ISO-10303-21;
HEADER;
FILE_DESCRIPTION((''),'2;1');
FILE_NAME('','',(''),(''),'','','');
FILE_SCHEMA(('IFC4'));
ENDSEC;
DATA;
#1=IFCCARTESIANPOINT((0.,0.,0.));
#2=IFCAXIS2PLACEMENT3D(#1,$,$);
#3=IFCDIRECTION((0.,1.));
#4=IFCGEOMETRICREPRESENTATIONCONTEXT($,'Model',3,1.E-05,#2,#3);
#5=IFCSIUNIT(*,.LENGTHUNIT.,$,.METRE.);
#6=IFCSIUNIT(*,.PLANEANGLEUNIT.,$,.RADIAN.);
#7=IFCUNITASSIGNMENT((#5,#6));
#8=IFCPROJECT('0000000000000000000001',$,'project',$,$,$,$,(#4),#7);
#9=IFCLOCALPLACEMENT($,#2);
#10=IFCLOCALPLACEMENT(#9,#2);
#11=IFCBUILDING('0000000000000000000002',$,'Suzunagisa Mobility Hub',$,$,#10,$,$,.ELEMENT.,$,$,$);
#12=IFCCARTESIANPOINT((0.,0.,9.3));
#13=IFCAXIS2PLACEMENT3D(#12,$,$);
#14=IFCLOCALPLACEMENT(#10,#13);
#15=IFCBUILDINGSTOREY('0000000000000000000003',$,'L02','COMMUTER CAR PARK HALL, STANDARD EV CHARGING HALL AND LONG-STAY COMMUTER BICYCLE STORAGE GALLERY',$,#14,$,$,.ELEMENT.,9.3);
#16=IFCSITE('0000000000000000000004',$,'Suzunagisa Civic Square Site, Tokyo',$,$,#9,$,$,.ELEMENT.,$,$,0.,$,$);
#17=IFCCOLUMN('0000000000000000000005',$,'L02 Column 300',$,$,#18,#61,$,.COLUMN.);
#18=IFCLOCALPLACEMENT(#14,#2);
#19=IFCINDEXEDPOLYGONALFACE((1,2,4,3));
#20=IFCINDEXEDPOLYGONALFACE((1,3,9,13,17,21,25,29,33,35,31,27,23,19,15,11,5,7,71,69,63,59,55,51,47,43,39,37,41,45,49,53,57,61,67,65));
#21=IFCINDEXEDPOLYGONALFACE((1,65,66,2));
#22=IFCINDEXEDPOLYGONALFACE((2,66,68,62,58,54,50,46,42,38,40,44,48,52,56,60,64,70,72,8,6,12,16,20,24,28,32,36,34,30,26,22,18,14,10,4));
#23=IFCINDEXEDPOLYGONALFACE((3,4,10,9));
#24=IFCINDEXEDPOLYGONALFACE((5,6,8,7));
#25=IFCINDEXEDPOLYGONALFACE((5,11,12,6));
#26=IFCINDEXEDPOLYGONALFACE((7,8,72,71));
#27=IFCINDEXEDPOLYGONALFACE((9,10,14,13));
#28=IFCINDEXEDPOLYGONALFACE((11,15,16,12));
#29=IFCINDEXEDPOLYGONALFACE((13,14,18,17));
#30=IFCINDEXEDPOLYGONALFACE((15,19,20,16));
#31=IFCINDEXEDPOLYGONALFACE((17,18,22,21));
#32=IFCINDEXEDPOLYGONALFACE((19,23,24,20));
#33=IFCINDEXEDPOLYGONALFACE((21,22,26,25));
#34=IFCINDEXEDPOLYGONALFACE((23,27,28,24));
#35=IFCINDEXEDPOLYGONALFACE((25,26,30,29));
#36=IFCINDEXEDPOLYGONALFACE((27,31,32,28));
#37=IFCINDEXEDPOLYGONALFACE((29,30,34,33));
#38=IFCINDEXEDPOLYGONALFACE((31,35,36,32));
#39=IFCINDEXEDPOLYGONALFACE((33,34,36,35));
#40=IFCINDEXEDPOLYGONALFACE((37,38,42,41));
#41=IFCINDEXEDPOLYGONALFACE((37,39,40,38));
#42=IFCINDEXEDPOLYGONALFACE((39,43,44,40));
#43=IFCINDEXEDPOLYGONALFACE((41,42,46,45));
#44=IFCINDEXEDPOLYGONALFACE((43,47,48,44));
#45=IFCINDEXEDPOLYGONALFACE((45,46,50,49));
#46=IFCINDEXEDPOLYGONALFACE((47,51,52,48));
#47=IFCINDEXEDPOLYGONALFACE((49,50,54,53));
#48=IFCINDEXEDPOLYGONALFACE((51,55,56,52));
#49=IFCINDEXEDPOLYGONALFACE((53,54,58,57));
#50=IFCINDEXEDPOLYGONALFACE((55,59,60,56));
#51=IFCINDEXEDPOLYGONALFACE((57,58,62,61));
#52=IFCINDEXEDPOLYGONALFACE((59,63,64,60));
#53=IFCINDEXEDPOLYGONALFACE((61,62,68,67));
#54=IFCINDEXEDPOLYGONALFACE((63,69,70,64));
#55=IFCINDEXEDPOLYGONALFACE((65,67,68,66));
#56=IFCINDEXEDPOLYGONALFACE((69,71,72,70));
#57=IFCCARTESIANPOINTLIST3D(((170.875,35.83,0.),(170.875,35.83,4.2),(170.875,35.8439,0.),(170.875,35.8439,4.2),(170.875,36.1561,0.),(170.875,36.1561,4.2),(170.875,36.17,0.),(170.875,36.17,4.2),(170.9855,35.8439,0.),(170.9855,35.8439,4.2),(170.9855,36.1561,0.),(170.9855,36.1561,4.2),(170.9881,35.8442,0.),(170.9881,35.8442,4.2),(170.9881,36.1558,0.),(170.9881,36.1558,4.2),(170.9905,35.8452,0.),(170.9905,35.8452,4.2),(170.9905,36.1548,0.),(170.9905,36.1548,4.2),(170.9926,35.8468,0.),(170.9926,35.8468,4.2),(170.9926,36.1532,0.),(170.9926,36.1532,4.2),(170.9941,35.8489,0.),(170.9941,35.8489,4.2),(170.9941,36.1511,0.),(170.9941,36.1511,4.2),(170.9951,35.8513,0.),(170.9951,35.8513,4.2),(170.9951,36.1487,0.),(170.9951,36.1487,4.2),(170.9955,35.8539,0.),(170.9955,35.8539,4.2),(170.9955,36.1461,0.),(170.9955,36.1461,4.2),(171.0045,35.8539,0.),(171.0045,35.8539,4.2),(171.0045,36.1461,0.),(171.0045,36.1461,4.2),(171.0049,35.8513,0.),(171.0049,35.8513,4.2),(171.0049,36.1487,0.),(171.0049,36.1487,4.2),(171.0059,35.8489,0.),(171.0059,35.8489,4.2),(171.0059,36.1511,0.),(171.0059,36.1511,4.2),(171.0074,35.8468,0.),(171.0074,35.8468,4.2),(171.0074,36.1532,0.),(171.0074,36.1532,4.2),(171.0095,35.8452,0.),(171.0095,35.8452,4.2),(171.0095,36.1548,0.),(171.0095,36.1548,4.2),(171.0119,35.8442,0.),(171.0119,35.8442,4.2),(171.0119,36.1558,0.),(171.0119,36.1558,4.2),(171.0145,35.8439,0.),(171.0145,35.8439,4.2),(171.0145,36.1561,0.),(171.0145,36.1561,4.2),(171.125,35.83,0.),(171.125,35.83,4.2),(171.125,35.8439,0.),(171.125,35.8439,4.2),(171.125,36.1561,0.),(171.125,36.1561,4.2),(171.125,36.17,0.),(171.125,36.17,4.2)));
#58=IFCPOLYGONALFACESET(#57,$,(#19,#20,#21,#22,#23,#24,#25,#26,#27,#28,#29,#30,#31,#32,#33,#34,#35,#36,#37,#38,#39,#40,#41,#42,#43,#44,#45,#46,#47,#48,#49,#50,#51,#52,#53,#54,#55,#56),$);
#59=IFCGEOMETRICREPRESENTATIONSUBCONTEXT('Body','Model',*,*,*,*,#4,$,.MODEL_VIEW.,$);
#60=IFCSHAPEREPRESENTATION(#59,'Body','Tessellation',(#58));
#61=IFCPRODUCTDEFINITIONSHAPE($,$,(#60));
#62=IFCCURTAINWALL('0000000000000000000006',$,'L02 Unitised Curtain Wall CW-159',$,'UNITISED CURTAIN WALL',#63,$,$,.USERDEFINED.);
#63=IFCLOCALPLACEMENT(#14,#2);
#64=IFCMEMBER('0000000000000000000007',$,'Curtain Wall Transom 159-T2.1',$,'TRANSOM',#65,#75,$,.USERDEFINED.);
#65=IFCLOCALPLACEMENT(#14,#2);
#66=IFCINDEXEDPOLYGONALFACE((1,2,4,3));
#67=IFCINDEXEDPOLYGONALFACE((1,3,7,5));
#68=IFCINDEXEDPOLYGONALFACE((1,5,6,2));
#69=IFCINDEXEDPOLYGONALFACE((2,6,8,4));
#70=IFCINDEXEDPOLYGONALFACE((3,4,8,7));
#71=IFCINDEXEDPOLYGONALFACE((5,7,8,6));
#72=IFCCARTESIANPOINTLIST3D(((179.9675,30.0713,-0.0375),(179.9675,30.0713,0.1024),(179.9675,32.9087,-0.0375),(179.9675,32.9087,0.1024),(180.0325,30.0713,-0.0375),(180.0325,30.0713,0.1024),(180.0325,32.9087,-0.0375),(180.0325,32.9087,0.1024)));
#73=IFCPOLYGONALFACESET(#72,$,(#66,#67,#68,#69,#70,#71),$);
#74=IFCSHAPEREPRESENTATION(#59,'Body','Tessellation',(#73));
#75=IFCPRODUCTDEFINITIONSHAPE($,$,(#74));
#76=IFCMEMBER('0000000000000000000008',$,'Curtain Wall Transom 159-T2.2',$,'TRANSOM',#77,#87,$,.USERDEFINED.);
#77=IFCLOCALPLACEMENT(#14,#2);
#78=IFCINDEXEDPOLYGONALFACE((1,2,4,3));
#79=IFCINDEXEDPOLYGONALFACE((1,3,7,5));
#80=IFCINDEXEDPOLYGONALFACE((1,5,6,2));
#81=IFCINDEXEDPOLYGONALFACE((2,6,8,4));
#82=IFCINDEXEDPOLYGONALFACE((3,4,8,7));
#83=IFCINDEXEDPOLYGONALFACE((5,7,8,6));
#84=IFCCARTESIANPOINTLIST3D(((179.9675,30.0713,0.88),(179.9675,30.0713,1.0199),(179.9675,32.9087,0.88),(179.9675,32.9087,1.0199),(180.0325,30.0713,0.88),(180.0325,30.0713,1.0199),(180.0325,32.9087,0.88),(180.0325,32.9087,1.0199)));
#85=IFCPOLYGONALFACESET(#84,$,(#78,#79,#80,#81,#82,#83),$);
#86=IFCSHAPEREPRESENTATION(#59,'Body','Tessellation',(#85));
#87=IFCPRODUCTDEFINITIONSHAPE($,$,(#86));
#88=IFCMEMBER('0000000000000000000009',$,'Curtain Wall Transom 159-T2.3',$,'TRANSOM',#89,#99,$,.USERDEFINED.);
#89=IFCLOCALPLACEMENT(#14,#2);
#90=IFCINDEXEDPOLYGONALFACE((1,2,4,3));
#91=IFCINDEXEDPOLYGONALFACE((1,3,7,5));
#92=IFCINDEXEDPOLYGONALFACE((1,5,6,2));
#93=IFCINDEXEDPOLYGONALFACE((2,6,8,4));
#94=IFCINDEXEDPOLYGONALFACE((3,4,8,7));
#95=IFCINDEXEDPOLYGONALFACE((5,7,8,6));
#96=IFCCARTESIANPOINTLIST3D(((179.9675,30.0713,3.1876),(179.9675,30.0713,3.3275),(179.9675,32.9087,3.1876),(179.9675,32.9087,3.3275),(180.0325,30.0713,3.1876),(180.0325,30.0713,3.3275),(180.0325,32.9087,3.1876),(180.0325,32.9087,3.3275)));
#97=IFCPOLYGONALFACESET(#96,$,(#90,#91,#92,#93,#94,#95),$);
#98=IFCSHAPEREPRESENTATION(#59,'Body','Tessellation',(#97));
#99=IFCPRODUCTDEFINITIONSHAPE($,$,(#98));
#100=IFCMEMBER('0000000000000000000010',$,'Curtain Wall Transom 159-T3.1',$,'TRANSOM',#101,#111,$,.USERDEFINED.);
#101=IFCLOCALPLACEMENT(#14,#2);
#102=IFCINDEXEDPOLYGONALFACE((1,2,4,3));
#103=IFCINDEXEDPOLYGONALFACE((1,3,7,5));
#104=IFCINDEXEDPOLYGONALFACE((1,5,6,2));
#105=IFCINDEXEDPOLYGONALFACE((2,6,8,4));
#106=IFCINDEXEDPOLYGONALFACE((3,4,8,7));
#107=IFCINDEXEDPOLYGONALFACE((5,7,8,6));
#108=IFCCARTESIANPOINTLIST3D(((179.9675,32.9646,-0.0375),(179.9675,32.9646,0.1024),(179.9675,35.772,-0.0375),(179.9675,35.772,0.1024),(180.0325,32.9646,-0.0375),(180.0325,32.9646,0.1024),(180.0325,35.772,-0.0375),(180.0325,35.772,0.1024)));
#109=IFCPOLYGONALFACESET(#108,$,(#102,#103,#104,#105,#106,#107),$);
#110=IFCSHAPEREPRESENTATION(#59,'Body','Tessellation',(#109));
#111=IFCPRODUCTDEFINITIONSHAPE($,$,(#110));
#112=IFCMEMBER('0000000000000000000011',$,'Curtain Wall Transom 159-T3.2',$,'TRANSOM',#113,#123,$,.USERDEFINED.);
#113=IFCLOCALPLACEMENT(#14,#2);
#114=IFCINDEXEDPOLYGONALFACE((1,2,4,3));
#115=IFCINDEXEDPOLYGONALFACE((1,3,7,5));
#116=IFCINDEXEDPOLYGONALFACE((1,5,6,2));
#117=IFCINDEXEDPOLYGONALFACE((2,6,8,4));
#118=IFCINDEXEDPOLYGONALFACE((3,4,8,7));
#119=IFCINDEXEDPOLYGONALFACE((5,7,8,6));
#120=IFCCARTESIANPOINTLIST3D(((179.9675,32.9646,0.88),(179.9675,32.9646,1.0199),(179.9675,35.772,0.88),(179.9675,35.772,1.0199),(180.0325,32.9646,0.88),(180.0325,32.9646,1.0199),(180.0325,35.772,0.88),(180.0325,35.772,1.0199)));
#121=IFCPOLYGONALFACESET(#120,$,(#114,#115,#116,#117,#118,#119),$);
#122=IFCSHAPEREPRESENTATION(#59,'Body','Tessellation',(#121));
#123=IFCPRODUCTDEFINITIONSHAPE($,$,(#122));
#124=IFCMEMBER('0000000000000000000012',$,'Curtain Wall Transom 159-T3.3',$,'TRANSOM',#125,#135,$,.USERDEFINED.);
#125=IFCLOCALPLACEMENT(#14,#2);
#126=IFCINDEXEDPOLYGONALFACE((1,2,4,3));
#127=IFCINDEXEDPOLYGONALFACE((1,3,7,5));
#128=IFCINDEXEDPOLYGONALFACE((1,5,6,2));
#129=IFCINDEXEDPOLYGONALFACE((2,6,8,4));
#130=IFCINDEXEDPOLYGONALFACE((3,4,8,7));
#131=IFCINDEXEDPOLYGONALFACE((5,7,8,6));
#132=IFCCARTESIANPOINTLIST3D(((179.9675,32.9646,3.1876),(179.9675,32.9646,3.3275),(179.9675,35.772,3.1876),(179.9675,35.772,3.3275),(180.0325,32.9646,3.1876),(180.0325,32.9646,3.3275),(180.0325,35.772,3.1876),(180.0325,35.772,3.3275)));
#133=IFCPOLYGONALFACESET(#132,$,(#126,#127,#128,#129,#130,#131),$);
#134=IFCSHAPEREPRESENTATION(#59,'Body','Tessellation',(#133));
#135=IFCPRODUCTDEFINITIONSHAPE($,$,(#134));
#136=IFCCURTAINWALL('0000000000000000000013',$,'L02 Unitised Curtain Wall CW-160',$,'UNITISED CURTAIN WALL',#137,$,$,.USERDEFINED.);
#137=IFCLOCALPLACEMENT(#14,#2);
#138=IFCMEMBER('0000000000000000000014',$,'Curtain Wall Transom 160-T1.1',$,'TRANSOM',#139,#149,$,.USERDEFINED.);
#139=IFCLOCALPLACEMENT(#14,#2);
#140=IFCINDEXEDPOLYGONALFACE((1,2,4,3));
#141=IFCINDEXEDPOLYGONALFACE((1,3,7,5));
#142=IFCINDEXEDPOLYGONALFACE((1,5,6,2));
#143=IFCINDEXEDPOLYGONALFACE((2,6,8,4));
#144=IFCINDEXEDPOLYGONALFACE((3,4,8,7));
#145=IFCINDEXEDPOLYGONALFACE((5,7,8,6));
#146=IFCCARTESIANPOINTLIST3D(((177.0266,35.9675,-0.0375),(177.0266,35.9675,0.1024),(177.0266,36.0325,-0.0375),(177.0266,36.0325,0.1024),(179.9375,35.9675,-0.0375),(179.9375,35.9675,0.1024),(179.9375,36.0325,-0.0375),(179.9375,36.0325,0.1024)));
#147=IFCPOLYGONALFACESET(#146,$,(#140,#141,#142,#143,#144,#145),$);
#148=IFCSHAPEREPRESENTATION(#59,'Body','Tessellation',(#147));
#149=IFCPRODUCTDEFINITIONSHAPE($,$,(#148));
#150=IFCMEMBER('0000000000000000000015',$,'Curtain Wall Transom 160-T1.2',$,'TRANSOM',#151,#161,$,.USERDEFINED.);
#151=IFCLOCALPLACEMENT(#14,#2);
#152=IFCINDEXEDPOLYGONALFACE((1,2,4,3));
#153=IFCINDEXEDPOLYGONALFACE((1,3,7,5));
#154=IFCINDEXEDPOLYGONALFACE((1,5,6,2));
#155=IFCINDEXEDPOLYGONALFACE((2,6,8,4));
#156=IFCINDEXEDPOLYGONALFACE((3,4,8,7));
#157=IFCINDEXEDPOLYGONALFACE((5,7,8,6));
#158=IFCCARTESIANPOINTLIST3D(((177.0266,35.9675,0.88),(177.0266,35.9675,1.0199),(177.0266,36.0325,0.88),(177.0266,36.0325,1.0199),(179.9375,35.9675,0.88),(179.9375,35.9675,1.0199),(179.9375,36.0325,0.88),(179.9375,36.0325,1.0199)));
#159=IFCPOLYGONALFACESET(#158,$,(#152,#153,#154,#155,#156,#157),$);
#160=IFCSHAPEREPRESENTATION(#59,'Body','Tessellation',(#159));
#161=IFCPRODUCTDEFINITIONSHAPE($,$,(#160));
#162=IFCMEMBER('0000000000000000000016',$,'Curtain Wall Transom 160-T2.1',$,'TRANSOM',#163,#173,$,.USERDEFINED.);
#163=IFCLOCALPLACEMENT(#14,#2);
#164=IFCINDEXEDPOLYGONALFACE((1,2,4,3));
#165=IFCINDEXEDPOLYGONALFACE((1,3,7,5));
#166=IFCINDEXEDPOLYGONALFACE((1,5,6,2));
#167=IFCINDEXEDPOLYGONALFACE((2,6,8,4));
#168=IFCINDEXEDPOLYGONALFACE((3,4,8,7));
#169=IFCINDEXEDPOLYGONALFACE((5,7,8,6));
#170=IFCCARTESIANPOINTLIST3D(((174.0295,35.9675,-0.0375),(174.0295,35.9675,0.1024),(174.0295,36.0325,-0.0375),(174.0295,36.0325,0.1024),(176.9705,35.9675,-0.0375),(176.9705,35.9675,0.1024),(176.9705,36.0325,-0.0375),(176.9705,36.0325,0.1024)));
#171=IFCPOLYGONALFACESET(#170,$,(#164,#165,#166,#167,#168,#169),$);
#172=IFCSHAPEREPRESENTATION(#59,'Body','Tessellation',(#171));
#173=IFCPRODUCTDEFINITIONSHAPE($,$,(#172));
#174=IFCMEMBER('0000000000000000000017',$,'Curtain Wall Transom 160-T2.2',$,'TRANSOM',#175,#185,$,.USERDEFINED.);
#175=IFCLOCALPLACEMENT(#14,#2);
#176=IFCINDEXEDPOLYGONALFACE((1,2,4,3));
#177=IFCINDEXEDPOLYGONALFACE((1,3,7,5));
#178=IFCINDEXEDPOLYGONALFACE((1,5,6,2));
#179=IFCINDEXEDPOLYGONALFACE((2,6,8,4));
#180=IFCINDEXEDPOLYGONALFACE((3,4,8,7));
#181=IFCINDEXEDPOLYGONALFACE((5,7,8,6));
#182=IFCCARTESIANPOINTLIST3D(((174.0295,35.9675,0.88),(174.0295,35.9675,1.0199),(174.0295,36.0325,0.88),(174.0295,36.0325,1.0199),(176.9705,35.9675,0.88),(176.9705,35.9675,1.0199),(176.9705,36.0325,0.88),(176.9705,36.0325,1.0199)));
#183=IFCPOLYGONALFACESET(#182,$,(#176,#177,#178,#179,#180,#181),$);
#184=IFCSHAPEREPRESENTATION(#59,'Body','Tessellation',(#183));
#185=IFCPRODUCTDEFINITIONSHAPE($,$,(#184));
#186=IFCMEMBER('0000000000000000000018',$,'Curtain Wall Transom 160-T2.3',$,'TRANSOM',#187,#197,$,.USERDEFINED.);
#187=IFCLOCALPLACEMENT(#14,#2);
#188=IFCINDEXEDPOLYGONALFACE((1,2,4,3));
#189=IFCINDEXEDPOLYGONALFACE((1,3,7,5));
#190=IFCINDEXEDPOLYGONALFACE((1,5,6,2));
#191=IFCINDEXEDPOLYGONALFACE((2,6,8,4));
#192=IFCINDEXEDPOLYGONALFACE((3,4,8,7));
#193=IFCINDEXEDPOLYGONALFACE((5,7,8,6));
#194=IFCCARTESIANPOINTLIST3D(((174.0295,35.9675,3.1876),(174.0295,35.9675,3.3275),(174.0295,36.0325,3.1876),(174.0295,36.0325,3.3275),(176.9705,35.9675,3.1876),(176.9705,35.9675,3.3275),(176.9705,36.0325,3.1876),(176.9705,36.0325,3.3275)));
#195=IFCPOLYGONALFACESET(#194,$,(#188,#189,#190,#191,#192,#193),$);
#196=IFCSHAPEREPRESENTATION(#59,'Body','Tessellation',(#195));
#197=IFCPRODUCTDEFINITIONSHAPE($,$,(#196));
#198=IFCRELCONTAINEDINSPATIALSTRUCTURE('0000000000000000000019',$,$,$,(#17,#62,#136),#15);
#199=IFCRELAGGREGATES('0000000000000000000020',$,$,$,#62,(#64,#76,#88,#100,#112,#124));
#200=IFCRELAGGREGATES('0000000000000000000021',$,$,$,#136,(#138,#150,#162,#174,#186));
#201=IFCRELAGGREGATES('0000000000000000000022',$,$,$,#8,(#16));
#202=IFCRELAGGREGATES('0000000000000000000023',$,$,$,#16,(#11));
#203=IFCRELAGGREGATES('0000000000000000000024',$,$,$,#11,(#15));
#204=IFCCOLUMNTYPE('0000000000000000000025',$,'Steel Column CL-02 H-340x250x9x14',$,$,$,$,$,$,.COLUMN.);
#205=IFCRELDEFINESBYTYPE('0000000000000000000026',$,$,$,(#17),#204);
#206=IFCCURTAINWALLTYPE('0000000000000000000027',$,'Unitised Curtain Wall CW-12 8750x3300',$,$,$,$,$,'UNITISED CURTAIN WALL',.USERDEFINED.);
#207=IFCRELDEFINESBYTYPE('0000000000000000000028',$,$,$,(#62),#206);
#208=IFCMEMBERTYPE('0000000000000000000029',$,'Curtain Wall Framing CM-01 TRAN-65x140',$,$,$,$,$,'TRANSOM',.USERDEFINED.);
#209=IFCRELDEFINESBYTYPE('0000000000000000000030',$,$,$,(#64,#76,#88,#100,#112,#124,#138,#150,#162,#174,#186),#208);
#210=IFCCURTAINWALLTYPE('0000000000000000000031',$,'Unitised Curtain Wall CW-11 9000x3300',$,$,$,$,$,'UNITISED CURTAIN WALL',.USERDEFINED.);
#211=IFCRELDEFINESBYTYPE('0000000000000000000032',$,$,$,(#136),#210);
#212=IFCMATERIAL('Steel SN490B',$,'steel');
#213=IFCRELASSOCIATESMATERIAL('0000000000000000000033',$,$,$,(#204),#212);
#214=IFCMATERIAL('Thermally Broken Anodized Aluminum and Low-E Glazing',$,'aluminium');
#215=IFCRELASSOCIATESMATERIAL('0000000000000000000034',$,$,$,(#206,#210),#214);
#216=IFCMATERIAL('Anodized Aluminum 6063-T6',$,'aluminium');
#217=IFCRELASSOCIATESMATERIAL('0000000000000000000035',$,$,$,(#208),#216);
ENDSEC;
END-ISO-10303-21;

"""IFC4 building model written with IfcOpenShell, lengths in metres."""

from ifc_helpers import new_model, si_unit, direction, frame, origin, origin_2d, place, context, subcontext, project, spatial, rectangle, i_section, extrude, material, material_profile, profile_set, type_object, element, aggregate, save


model = new_model("IFC4")

# Units and contexts
model_context = context("Model", 3, precision=1e-05, world=origin(), true_north=direction((0.0, 1.0)))
body_context = subcontext(model_context, "Body", "Model", "MODEL_VIEW")
ifc_project = project(units=[si_unit("LENGTHUNIT", "METRE"), si_unit("PLANEANGLEUNIT", "RADIAN")], contexts=[model_context])

# Site, building, storey
site_placement = place(None, origin())
site = spatial("IfcSite", under=ifc_project, at=site_placement, Name="Suzunagisa Civic Square Site, Tokyo", CompositionType="ELEMENT", RefElevation=0.0)
building_placement = place(site_placement, origin())
building = spatial("IfcBuilding", under=site, at=building_placement, Name="Suzunagisa Mobility Hub", CompositionType="ELEMENT")
storey_placement = place(building_placement, frame((0.0, 0.0, 9.3)))
storey = spatial("IfcBuildingStorey", under=building, at=storey_placement, Name="L02", Description="COMMUTER CAR PARK HALL, STANDARD EV CHARGING HALL AND LONG-STAY COMMUTER BICYCLE STORAGE GALLERY", CompositionType="ELEMENT", Elevation=9.3)

# Column
ifc_material_1 = material(Name="Steel SN490B", Category="steel")
ifc_material_profile_1 = material_profile(ifc_material_1, i_section(OverallWidth=0.25, OverallDepth=0.3401, WebThickness=0.009, FlangeThickness=0.0139, FilletRadius=0.01, at=origin_2d()), Name="H-340x250x9x14")
ifc_profile_set_1 = profile_set([ifc_material_profile_1], Name="Steel SN490B")
column_type = type_object("IfcColumnType", Name="Steel Column CL-02 H-340x250x9x14", PredefinedType="COLUMN", material=ifc_profile_set_1)
column_placement = place(storey_placement, frame((171.0, 36.0, 0.0), z_axis=(0.0, 0.0, 1.0), x_axis=(1.0, 0.0, 0.0)))
element("IfcColumn", 1, at=column_placement, inside=storey, type_object=column_type, Name="L02 Column 300", PredefinedType="COLUMN", context=body_context, shape_type="SweptSolid", body=[
    extrude(i_section(OverallWidth=0.25, OverallDepth=0.3401, WebThickness=0.009, FlangeThickness=0.0139, FilletRadius=0.01, at=origin_2d()), origin(), (0.0, 0.0, 1.0), 4.2),
])

# Curtain walls, members
ifc_material_2 = material(Name="Thermally Broken Anodized Aluminum and Low-E Glazing", Category="aluminium")
curtain_wall_type_1 = type_object("IfcCurtainWallType", Name="Unitised Curtain Wall CW-12 8750x3300", ElementType="UNITISED CURTAIN WALL", PredefinedType="USERDEFINED", material=ifc_material_2)
curtain_wall_1_placement = place(storey_placement, origin())
curtain_wall_1 = element("IfcCurtainWall", 2, at=curtain_wall_1_placement, inside=storey, type_object=curtain_wall_type_1, Name="L02 Unitised Curtain Wall CW-159", ObjectType="UNITISED CURTAIN WALL", PredefinedType="USERDEFINED")
ifc_material_3 = material(Name="Anodized Aluminum 6063-T6", Category="aluminium")
ifc_material_profile_2 = material_profile(ifc_material_3, rectangle(XDim=0.0649, YDim=0.1399, at=origin_2d()), Name="TRAN-65x140")
ifc_profile_set_2 = profile_set([ifc_material_profile_2], Name="Anodized Aluminum 6063-T6")
member_type_1 = type_object("IfcMemberType", Name="Curtain Wall Framing CM-01 TRAN-65x140", ElementType="TRANSOM", PredefinedType="USERDEFINED", material=ifc_profile_set_2)
member_1_placement = place(storey_placement, frame((180.0, 30.0713, 0.0325), z_axis=(0.0, 1.0, 0.0), x_axis=(-1.0, 0.0, 0.0)))
member_1 = element("IfcMember", 3, at=member_1_placement, type_object=member_type_1, Name="Curtain Wall Transom 159-T2.1", ObjectType="TRANSOM", PredefinedType="USERDEFINED", context=body_context, shape_type="SweptSolid", body=[
    extrude(rectangle(XDim=0.0649, YDim=0.1399, at=origin_2d()), origin(), (0.0, 0.0, 1.0), 2.8374),
])
member_2_placement = place(storey_placement, frame((180.0, 30.0713, 0.95), z_axis=(0.0, 1.0, 0.0), x_axis=(-1.0, 0.0, 0.0)))
member_2 = element("IfcMember", 4, at=member_2_placement, type_object=member_type_1, Name="Curtain Wall Transom 159-T2.2", ObjectType="TRANSOM", PredefinedType="USERDEFINED", context=body_context, shape_type="SweptSolid", body=[
    extrude(rectangle(XDim=0.0649, YDim=0.1399, at=origin_2d()), origin(), (0.0, 0.0, 1.0), 2.8374),
])
member_3_placement = place(storey_placement, frame((180.0, 30.0713, 3.2576), z_axis=(0.0, 1.0, 0.0), x_axis=(-1.0, 0.0, 0.0)))
member_3 = element("IfcMember", 5, at=member_3_placement, type_object=member_type_1, Name="Curtain Wall Transom 159-T2.3", ObjectType="TRANSOM", PredefinedType="USERDEFINED", context=body_context, shape_type="SweptSolid", body=[
    extrude(rectangle(XDim=0.0649, YDim=0.1399, at=origin_2d()), origin(), (0.0, 0.0, 1.0), 2.8374),
])
member_4_placement = place(storey_placement, frame((180.0, 32.9646, 0.0325), z_axis=(0.0, 1.0, 0.0), x_axis=(-1.0, 0.0, 0.0)))
member_4 = element("IfcMember", 6, at=member_4_placement, type_object=member_type_1, Name="Curtain Wall Transom 159-T3.1", ObjectType="TRANSOM", PredefinedType="USERDEFINED", context=body_context, shape_type="SweptSolid", body=[
    extrude(rectangle(XDim=0.0649, YDim=0.1399, at=origin_2d()), origin(), (0.0, 0.0, 1.0), 2.8074),
])
member_5_placement = place(storey_placement, frame((180.0, 32.9646, 0.95), z_axis=(0.0, 1.0, 0.0), x_axis=(-1.0, 0.0, 0.0)))
member_5 = element("IfcMember", 7, at=member_5_placement, type_object=member_type_1, Name="Curtain Wall Transom 159-T3.2", ObjectType="TRANSOM", PredefinedType="USERDEFINED", context=body_context, shape_type="SweptSolid", body=[
    extrude(rectangle(XDim=0.0649, YDim=0.1399, at=origin_2d()), origin(), (0.0, 0.0, 1.0), 2.8074),
])
member_6_placement = place(storey_placement, frame((180.0, 32.9646, 3.2576), z_axis=(0.0, 1.0, 0.0), x_axis=(-1.0, 0.0, 0.0)))
member_6 = element("IfcMember", 8, at=member_6_placement, type_object=member_type_1, Name="Curtain Wall Transom 159-T3.3", ObjectType="TRANSOM", PredefinedType="USERDEFINED", context=body_context, shape_type="SweptSolid", body=[
    extrude(rectangle(XDim=0.0649, YDim=0.1399, at=origin_2d()), origin(), (0.0, 0.0, 1.0), 2.8074),
])
curtain_wall_type_2 = type_object("IfcCurtainWallType", Name="Unitised Curtain Wall CW-11 9000x3300", ElementType="UNITISED CURTAIN WALL", PredefinedType="USERDEFINED", material=ifc_material_2)
curtain_wall_2_placement = place(storey_placement, origin())
curtain_wall_2 = element("IfcCurtainWall", 9, at=curtain_wall_2_placement, inside=storey, type_object=curtain_wall_type_2, Name="L02 Unitised Curtain Wall CW-160", ObjectType="UNITISED CURTAIN WALL", PredefinedType="USERDEFINED")
member_7_placement = place(storey_placement, frame((179.9375, 36.0, 0.0325), z_axis=(-1.0, 0.0, 0.0), x_axis=(0.0, -1.0, 0.0)))
member_7 = element("IfcMember", 10, at=member_7_placement, type_object=member_type_1, Name="Curtain Wall Transom 160-T1.1", ObjectType="TRANSOM", PredefinedType="USERDEFINED", context=body_context, shape_type="SweptSolid", body=[
    extrude(rectangle(XDim=0.0649, YDim=0.1399, at=origin_2d()), origin(), (0.0, 0.0, 1.0), 2.9109),
])
member_8_placement = place(storey_placement, frame((179.9375, 36.0, 0.95), z_axis=(-1.0, 0.0, 0.0), x_axis=(0.0, -1.0, 0.0)))
member_8 = element("IfcMember", 11, at=member_8_placement, type_object=member_type_1, Name="Curtain Wall Transom 160-T1.2", ObjectType="TRANSOM", PredefinedType="USERDEFINED", context=body_context, shape_type="SweptSolid", body=[
    extrude(rectangle(XDim=0.0649, YDim=0.1399, at=origin_2d()), origin(), (0.0, 0.0, 1.0), 2.9109),
])
member_9_placement = place(storey_placement, frame((176.9705, 36.0, 0.0325), z_axis=(-1.0, 0.0, 0.0), x_axis=(0.0, -1.0, 0.0)))
member_9 = element("IfcMember", 12, at=member_9_placement, type_object=member_type_1, Name="Curtain Wall Transom 160-T2.1", ObjectType="TRANSOM", PredefinedType="USERDEFINED", context=body_context, shape_type="SweptSolid", body=[
    extrude(rectangle(XDim=0.0649, YDim=0.1399, at=origin_2d()), origin(), (0.0, 0.0, 1.0), 2.9409),
])
member_10_placement = place(storey_placement, frame((176.9705, 36.0, 0.95), z_axis=(-1.0, 0.0, 0.0), x_axis=(0.0, -1.0, 0.0)))
member_10 = element("IfcMember", 13, at=member_10_placement, type_object=member_type_1, Name="Curtain Wall Transom 160-T2.2", ObjectType="TRANSOM", PredefinedType="USERDEFINED", context=body_context, shape_type="SweptSolid", body=[
    extrude(rectangle(XDim=0.0649, YDim=0.1399, at=origin_2d()), origin(), (0.0, 0.0, 1.0), 2.9409),
])
member_11_placement = place(storey_placement, frame((176.9705, 36.0, 3.2576), z_axis=(-1.0, 0.0, 0.0), x_axis=(0.0, -1.0, 0.0)))
member_11 = element("IfcMember", 14, at=member_11_placement, type_object=member_type_1, Name="Curtain Wall Transom 160-T2.3", ObjectType="TRANSOM", PredefinedType="USERDEFINED", context=body_context, shape_type="SweptSolid", body=[
    extrude(rectangle(XDim=0.0649, YDim=0.1399, at=origin_2d()), origin(), (0.0, 0.0, 1.0), 2.9409),
])

aggregate(curtain_wall_1, [member_1, member_2, member_3, member_4, member_5, member_6])
aggregate(curtain_wall_2, [member_7, member_8, member_9, member_10, member_11])

save(model, "model.ifc")
